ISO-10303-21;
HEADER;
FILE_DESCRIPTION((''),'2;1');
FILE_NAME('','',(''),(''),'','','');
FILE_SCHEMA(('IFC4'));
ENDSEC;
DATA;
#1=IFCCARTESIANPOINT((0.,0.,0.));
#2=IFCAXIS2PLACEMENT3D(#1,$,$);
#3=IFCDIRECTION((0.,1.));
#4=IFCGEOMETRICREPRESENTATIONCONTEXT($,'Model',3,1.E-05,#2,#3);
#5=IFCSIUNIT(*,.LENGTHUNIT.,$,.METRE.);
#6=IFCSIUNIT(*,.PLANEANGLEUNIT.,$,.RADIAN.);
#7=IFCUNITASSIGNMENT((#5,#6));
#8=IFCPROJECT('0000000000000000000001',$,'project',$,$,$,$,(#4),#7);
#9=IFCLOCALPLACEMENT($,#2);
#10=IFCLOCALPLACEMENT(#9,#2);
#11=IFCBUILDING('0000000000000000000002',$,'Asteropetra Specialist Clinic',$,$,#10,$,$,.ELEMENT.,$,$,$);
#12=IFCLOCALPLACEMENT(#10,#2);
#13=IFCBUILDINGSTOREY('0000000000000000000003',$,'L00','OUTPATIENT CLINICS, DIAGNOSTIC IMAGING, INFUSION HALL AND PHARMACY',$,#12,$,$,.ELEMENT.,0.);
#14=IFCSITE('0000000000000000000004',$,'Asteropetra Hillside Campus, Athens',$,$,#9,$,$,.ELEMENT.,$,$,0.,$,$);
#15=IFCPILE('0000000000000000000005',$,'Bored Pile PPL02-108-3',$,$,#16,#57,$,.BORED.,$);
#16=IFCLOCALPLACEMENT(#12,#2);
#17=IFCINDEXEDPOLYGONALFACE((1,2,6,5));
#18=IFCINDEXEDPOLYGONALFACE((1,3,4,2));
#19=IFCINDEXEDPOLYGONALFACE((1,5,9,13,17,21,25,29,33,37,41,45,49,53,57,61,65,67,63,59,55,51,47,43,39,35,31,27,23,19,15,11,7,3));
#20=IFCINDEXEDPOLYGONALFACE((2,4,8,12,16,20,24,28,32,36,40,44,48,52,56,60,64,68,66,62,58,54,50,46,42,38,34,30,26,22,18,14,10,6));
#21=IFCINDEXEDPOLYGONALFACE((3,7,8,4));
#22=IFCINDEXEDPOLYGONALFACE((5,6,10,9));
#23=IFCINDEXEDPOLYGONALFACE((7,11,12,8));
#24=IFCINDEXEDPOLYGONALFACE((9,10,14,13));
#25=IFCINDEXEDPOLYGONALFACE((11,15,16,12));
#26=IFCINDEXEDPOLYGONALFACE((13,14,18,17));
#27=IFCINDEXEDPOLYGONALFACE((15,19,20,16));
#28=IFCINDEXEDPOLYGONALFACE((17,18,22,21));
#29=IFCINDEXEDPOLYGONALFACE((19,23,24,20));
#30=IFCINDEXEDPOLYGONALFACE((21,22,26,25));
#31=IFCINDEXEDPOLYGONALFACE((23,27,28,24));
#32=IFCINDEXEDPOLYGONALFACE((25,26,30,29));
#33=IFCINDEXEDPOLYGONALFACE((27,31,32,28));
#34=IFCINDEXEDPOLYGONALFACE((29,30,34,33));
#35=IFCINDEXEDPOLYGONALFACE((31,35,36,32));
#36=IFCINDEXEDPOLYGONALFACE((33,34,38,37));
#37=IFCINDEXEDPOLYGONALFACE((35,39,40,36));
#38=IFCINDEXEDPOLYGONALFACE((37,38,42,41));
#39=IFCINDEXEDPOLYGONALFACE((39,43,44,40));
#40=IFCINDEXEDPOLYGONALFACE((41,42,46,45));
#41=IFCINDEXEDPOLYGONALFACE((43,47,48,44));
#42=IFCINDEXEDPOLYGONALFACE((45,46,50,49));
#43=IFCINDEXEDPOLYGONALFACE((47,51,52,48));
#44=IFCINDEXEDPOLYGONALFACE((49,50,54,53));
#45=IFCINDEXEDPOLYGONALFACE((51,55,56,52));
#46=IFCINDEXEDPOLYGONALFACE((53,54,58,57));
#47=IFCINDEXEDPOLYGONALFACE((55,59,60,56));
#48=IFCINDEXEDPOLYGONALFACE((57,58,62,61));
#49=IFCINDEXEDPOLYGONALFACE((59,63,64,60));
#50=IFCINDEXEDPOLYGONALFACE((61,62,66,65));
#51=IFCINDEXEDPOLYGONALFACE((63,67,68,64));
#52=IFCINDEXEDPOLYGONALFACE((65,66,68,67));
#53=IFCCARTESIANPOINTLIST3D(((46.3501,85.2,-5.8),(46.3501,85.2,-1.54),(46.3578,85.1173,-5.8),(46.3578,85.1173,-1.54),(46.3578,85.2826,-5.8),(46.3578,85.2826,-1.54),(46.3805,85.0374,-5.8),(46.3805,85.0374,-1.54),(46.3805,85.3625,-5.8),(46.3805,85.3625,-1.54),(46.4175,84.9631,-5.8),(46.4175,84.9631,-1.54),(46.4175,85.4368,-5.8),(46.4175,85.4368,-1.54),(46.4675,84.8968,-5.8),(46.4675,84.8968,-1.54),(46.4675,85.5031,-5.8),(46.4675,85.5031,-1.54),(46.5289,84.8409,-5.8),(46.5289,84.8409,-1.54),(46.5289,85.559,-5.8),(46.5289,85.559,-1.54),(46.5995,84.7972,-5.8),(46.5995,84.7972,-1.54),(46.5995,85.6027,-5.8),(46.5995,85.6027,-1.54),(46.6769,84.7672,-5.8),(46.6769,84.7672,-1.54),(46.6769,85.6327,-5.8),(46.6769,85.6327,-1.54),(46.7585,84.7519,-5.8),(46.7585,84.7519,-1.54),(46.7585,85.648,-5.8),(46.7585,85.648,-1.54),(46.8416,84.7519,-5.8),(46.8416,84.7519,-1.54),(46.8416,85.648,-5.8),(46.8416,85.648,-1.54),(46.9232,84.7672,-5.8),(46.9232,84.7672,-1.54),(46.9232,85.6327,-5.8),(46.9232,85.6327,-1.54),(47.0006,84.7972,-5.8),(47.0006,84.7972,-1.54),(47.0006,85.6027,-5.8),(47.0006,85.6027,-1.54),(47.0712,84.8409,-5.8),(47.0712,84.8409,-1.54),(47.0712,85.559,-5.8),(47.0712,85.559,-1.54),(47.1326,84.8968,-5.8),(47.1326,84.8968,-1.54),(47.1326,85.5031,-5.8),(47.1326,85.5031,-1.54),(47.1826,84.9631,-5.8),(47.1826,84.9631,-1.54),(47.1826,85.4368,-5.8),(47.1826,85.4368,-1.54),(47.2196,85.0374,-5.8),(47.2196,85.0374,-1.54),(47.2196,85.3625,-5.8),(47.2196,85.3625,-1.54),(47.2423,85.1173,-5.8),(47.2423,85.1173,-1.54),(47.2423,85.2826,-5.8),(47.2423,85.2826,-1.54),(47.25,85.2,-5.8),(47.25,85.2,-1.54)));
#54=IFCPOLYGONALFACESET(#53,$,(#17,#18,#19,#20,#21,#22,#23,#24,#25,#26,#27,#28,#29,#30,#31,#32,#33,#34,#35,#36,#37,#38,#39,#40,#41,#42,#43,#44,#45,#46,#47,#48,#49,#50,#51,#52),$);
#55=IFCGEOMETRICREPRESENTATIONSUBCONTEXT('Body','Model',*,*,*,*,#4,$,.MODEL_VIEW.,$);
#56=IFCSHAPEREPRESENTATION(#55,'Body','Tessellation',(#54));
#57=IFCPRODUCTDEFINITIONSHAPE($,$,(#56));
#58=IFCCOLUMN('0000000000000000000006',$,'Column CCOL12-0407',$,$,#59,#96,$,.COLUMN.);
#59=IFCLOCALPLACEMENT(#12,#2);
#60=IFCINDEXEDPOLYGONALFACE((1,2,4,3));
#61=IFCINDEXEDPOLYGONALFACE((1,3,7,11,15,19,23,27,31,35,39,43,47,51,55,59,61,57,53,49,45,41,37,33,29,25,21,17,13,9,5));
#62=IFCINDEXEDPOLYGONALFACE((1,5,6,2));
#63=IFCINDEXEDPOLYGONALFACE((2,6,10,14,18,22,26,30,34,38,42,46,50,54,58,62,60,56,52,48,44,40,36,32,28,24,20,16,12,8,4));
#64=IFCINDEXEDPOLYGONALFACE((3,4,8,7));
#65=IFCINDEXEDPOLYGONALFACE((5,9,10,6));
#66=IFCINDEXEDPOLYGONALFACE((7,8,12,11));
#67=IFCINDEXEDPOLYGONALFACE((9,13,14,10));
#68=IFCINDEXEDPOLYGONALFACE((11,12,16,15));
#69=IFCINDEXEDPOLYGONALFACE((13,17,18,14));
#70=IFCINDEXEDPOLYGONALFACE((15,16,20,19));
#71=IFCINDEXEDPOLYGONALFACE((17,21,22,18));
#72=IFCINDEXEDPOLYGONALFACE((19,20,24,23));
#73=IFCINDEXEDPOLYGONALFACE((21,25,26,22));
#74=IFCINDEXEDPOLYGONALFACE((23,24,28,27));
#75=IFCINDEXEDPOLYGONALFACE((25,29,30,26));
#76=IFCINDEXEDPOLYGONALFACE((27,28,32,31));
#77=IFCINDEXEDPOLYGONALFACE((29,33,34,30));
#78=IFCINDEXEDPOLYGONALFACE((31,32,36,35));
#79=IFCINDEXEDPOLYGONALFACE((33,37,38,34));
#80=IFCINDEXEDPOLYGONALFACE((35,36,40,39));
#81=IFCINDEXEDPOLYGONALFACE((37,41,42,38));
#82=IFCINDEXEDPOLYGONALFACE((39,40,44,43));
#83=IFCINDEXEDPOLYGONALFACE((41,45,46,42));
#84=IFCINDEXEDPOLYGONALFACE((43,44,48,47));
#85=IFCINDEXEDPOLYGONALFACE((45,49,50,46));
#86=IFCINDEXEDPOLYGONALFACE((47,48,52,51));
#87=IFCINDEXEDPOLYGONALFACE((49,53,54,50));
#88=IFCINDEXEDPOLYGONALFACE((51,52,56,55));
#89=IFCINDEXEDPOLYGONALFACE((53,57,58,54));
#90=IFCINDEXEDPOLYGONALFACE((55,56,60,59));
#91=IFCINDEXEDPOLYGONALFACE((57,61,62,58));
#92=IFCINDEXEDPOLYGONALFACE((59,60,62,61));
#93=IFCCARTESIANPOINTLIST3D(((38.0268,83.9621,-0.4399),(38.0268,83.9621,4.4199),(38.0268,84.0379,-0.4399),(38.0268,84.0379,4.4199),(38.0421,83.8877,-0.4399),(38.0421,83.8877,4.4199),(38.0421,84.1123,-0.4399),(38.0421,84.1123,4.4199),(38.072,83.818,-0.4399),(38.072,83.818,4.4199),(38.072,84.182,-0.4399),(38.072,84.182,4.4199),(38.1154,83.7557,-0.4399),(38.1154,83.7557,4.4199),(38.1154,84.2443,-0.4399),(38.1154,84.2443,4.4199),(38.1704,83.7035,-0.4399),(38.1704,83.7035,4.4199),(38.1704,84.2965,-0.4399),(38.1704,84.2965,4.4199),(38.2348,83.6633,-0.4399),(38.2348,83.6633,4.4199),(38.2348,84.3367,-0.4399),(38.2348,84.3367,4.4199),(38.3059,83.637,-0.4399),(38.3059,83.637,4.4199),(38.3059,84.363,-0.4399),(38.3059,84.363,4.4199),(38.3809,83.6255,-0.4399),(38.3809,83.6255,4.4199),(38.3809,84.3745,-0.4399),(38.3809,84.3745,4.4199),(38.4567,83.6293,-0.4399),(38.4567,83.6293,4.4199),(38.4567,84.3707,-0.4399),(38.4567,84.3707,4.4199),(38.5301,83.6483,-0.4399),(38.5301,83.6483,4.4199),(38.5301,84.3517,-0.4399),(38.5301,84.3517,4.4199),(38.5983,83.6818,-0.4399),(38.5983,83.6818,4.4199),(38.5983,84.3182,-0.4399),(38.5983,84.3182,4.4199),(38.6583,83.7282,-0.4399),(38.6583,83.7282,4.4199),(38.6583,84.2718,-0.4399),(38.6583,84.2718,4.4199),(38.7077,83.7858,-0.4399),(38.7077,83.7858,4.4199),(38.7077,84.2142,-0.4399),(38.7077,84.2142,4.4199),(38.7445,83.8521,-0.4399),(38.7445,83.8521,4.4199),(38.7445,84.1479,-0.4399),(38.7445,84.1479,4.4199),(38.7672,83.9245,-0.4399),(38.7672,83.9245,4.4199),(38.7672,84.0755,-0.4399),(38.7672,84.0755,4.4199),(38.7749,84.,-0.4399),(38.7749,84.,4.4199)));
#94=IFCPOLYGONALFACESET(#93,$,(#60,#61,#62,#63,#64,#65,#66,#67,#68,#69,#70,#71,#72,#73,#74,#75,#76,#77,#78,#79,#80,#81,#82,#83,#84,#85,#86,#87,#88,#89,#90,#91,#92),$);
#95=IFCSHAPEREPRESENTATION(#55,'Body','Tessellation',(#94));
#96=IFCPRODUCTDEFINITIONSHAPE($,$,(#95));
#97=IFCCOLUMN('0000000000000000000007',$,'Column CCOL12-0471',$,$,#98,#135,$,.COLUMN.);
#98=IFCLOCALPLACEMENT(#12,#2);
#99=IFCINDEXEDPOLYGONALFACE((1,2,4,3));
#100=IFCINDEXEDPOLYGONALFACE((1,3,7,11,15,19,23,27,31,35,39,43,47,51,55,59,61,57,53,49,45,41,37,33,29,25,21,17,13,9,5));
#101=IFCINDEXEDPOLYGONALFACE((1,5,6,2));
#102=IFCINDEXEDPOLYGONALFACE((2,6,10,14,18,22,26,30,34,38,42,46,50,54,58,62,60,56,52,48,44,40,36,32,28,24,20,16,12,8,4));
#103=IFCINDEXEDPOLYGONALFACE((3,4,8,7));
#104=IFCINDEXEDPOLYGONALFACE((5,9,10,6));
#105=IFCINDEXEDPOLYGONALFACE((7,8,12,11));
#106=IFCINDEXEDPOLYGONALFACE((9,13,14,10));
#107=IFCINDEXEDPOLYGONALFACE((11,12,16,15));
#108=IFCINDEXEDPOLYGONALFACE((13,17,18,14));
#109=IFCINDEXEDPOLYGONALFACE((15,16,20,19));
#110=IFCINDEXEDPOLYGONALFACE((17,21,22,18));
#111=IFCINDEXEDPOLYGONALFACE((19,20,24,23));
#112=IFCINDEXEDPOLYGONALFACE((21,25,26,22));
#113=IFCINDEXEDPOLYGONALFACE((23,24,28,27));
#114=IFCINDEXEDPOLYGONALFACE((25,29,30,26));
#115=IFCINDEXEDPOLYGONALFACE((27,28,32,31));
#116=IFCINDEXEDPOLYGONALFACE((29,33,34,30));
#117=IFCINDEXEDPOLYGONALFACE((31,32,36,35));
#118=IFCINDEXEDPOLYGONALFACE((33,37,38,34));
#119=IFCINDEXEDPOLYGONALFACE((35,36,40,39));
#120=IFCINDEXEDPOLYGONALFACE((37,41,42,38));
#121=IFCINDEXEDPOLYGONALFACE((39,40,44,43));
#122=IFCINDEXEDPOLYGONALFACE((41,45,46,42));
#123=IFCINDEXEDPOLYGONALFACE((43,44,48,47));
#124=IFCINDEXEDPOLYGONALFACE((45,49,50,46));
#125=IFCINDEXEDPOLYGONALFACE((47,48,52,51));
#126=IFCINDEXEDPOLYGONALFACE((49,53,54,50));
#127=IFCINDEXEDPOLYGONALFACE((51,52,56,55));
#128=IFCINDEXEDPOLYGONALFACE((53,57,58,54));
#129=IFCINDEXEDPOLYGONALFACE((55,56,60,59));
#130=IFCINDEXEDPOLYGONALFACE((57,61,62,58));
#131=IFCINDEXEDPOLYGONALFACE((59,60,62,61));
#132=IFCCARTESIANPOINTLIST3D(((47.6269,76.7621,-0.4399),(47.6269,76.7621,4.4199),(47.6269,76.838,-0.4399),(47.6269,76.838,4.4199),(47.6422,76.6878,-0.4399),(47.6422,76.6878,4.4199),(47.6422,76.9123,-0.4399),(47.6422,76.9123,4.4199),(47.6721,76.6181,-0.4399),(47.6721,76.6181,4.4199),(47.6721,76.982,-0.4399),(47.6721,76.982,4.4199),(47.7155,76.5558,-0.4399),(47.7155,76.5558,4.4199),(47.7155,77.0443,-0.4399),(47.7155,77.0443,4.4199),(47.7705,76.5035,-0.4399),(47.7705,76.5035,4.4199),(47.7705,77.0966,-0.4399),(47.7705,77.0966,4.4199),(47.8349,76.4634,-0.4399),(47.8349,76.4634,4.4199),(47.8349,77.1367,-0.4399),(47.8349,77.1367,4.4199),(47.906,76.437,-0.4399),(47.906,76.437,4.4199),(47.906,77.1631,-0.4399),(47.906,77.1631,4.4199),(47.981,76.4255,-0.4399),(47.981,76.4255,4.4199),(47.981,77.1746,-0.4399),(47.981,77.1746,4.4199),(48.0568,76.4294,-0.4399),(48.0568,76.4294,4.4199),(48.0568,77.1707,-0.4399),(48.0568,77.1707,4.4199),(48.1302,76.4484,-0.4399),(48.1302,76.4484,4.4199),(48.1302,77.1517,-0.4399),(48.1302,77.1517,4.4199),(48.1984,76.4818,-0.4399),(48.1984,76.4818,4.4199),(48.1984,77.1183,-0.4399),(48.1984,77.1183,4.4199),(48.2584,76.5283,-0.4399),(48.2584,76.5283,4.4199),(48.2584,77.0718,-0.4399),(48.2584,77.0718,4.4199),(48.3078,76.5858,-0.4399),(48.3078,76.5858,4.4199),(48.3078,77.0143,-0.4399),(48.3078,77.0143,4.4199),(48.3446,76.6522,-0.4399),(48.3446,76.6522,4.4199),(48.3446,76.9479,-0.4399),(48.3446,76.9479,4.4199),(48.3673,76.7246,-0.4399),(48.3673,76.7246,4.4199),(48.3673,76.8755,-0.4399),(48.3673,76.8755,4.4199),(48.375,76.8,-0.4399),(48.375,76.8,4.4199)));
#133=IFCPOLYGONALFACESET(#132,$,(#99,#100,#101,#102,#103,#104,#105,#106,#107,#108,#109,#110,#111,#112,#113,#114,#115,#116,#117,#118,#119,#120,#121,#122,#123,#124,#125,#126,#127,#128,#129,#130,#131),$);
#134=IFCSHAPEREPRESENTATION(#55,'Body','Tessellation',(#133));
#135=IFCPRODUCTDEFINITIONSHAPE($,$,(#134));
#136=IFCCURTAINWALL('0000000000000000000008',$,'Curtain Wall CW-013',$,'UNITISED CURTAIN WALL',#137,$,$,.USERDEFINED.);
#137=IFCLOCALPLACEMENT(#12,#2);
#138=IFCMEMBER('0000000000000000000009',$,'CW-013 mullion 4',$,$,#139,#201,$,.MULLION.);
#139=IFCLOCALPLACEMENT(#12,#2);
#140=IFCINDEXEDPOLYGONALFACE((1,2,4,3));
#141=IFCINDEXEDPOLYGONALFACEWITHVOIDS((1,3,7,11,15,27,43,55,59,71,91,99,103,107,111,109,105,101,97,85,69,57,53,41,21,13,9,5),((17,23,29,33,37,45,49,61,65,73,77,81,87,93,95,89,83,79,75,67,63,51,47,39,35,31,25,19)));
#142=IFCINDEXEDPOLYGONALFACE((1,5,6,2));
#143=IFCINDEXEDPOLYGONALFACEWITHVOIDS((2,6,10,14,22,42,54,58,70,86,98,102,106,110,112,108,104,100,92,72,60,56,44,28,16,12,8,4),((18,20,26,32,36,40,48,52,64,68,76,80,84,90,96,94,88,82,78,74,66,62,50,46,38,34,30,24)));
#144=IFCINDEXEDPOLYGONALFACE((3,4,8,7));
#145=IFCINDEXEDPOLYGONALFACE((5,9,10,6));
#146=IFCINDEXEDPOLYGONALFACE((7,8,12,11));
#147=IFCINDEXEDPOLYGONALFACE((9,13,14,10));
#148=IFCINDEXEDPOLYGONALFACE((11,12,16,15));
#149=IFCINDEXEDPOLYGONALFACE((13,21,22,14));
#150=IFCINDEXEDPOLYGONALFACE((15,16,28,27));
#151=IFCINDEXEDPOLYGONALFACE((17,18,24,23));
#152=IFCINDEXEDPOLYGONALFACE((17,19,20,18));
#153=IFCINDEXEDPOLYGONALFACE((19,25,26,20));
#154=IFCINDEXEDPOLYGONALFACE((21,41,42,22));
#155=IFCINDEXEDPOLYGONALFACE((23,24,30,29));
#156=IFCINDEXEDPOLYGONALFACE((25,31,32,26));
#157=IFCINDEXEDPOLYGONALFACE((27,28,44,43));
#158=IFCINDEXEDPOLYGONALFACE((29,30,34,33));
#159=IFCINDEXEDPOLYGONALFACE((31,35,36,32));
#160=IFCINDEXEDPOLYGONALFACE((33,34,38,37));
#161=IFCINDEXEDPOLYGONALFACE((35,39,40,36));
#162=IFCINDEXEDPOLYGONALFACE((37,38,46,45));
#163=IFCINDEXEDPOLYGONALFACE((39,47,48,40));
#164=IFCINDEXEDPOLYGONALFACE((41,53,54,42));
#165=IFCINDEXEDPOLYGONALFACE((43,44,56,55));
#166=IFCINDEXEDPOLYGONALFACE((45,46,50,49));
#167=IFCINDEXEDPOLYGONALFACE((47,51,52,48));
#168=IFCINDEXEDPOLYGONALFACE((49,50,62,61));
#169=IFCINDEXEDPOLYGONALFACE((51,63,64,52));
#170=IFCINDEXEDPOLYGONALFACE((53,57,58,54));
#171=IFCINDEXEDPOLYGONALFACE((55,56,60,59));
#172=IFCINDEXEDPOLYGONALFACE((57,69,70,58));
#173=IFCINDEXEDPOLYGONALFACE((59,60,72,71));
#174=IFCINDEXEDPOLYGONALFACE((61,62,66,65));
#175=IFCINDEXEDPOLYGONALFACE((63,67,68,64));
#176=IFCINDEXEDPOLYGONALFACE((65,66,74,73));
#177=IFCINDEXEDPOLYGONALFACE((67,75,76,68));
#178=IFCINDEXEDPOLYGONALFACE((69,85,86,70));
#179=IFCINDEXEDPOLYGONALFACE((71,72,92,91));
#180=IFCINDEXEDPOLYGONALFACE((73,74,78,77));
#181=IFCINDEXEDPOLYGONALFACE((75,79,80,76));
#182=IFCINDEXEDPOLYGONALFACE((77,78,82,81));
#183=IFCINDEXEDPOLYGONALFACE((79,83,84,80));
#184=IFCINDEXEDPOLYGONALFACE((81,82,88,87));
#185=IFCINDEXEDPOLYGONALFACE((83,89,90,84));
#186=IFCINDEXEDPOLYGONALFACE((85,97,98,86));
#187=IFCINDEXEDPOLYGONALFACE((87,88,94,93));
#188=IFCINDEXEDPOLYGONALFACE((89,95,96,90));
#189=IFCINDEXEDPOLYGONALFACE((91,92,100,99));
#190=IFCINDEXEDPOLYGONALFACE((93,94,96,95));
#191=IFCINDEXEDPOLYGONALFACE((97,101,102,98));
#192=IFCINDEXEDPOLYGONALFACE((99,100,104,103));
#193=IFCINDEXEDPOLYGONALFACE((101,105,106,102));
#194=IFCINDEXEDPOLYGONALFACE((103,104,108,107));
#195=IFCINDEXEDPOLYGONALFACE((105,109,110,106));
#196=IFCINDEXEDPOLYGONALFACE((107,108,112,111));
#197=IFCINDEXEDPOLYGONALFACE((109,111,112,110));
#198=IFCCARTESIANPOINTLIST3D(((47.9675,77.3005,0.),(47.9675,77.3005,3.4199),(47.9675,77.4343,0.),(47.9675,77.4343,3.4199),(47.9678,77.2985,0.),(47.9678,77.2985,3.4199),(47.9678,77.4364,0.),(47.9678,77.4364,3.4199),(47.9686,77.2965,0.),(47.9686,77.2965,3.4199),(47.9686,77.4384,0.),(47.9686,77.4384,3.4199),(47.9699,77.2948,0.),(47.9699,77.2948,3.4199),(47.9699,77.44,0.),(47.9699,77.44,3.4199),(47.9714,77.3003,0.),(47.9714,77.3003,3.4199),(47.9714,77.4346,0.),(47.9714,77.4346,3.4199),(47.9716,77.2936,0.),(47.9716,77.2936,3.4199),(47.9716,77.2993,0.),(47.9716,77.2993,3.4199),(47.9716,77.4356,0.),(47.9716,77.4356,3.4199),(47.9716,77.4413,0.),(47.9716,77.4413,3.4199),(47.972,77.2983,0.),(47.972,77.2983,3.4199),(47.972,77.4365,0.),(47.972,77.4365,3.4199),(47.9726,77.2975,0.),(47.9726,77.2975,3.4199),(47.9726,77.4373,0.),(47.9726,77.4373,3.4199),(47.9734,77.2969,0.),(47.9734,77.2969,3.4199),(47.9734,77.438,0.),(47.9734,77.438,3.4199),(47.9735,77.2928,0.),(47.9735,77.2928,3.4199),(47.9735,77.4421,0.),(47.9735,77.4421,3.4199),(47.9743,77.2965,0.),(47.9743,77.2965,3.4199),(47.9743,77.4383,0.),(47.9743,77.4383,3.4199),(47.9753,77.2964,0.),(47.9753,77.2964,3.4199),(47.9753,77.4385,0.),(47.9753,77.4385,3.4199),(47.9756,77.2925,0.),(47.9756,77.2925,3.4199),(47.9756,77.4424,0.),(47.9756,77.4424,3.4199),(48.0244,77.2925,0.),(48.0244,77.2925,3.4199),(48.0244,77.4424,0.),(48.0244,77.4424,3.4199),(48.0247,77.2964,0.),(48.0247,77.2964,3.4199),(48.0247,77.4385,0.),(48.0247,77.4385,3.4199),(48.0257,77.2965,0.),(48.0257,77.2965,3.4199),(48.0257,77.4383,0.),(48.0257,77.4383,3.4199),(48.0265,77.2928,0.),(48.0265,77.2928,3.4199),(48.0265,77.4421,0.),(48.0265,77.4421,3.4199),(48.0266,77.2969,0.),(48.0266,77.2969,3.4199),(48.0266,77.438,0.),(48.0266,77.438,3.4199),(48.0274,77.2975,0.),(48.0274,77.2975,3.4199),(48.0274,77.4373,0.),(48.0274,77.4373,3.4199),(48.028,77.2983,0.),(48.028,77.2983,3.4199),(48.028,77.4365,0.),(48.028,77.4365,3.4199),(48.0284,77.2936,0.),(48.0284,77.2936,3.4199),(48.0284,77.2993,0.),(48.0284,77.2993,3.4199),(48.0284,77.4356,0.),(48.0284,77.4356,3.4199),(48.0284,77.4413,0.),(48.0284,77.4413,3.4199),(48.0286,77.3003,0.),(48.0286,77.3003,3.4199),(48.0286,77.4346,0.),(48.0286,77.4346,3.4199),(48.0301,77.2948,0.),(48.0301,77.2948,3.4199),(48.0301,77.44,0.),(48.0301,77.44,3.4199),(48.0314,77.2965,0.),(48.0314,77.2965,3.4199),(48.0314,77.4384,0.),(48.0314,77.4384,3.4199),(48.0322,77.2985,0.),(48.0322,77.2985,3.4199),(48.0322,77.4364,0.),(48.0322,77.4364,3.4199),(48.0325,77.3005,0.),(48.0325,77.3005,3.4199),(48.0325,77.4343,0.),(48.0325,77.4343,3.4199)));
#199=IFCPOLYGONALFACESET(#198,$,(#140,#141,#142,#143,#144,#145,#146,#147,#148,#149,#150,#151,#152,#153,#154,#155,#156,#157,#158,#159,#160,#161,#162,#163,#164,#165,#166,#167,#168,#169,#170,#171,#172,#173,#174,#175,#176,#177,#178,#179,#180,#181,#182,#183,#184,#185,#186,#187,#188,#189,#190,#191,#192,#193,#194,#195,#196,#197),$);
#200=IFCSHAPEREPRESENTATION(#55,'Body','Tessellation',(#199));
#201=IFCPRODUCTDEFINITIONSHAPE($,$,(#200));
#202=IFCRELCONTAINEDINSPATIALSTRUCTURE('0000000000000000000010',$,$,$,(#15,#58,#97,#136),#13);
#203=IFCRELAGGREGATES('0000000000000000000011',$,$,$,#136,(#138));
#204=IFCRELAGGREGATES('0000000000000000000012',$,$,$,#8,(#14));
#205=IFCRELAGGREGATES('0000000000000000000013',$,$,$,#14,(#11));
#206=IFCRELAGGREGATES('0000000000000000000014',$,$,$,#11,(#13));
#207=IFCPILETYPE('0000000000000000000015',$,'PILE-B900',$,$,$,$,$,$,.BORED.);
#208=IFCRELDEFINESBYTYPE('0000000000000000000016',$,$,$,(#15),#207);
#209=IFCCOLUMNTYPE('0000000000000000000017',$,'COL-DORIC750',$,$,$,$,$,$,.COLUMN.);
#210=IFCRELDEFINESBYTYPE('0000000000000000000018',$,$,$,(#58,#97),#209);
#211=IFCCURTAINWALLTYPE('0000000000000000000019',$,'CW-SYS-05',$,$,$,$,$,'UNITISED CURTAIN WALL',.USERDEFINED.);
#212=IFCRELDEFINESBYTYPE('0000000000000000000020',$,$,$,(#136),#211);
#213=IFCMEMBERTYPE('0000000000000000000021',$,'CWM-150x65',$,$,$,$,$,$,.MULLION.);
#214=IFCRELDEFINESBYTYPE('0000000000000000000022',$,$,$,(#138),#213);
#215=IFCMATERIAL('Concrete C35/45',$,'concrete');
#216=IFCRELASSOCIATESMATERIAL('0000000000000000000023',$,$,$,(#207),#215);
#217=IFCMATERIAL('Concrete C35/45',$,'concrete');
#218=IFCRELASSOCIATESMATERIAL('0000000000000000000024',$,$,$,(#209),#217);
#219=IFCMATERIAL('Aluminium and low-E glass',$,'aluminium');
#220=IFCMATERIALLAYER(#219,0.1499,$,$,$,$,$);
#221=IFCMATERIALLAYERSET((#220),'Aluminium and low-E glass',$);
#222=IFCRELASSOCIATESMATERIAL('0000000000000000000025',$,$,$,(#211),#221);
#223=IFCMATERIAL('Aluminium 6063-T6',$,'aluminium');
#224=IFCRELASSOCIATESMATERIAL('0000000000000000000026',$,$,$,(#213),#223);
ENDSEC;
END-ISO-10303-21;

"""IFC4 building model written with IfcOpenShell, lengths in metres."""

from ifc_helpers import new_model, si_unit, direction, frame, origin, origin_2d, place, context, subcontext, project, spatial, hollow_rectangle, circle, extrude, material, layer, layer_set, material_profile, profile_set, type_object, element, aggregate, save


model = new_model("IFC4")

# Units and contexts
model_context = context("Model", 3, precision=1e-05, world=origin(), true_north=direction((0.0, 1.0)))
body_context = subcontext(model_context, "Body", "Model", "MODEL_VIEW")
ifc_project = project(units=[si_unit("LENGTHUNIT", "METRE"), si_unit("PLANEANGLEUNIT", "RADIAN")], contexts=[model_context])

# Site, building, storey
site_placement = place(None, origin())
site = spatial("IfcSite", under=ifc_project, at=site_placement, Name="Asteropetra Hillside Campus, Athens", CompositionType="ELEMENT", RefElevation=0.0)
building_placement = place(site_placement, origin())
building = spatial("IfcBuilding", under=site, at=building_placement, Name="Asteropetra Specialist Clinic", CompositionType="ELEMENT")
storey_placement = place(building_placement, origin())
storey = spatial("IfcBuildingStorey", under=building, at=storey_placement, Name="L00", Description="OUTPATIENT CLINICS, DIAGNOSTIC IMAGING, INFUSION HALL AND PHARMACY", CompositionType="ELEMENT", Elevation=0.0)

# Pile
ifc_material_1 = material(Name="Concrete C35/45", Category="concrete")
ifc_material_profile_1 = material_profile(ifc_material_1, circle(Radius=0.45, at=origin_2d()), Name="PILE D900")
ifc_profile_set_1 = profile_set([ifc_material_profile_1], Name="Concrete C35/45")
pile_type_1 = type_object("IfcPileType", Name="PILE-B900", PredefinedType="BORED", material=ifc_profile_set_1)
for number, where, z_axis, x_axis, name in (
    (1, (46.8, 85.2, -1.54), (0.0, 0.0, -1.0), (1.0, 0.0, 0.0), "Bored Pile PPL02-108-3"),
):
    element("IfcPile", number, at=place(storey_placement, frame(where, z_axis=z_axis, x_axis=x_axis)), inside=storey, type_object=pile_type_1, Name=name, PredefinedType="BORED", context=body_context, shape_type="SweptSolid", body=[
        extrude(circle(Radius=0.45, at=origin_2d()), origin(), (0.0, 0.0, 1.0), 4.26),
    ])

# Columns
ifc_material_2 = material(Name="Concrete C35/45", Category="concrete")
ifc_material_profile_2 = material_profile(ifc_material_2, circle(Radius=0.375, at=origin_2d()), Name="RCC D750")
ifc_profile_set_2 = profile_set([ifc_material_profile_2], Name="Concrete C35/45")
column_type = type_object("IfcColumnType", Name="COL-DORIC750", PredefinedType="COLUMN", material=ifc_profile_set_2)
for number, where, z_axis, x_axis, name in (
    (2, (38.3999, 84.0, -0.4399), (0.0, 0.0, 1.0), (1.0, 0.0, 0.0), "Column CCOL12-0407"),
    (3, (48.0, 76.8, -0.4399), (0.0, 0.0, 1.0), (1.0, 0.0, 0.0), "Column CCOL12-0471"),
):
    element("IfcColumn", number, at=place(storey_placement, frame(where, z_axis=z_axis, x_axis=x_axis)), inside=storey, type_object=column_type, Name=name, PredefinedType="COLUMN", context=body_context, shape_type="SweptSolid", body=[
        extrude(circle(Radius=0.375, at=origin_2d()), origin(), (0.0, 0.0, 1.0), 4.8599),
    ])

# Curtain wall, member
ifc_material_3 = material(Name="Aluminium and low-E glass", Category="aluminium")
ifc_layer_1 = layer(ifc_material_3, 0.1499)
ifc_layer_set_1 = layer_set([ifc_layer_1], Name="Aluminium and low-E glass")
curtain_wall_type = type_object("IfcCurtainWallType", Name="CW-SYS-05", ElementType="UNITISED CURTAIN WALL", PredefinedType="USERDEFINED", material=ifc_layer_set_1)
curtain_wall_placement = place(storey_placement, origin())
curtain_wall = element("IfcCurtainWall", 4, at=curtain_wall_placement, inside=storey, type_object=curtain_wall_type, Name="Curtain Wall CW-013", ObjectType="UNITISED CURTAIN WALL", PredefinedType="USERDEFINED")
ifc_material_4 = material(Name="Aluminium 6063-T6", Category="aluminium")
ifc_material_profile_3 = material_profile(ifc_material_4, hollow_rectangle(XDim=0.0649, YDim=0.1499, WallThickness=0.0039, InnerFilletRadius=0.0039, OuterFilletRadius=0.0081, at=origin_2d()), Name="MUL 150x65x4.0")
ifc_profile_set_3 = profile_set([ifc_material_profile_3], Name="Aluminium 6063-T6")
member_type = type_object("IfcMemberType", Name="CWM-150x65", PredefinedType="MULLION", material=ifc_profile_set_3)
member_placement = place(storey_placement, frame((48.0, 77.3674, 0.0), z_axis=(0.0, 0.0, 1.0), x_axis=(1.0, 0.0, 0.0)))
member = element("IfcMember", 5, at=member_placement, type_object=member_type, Name="CW-013 mullion 4", PredefinedType="MULLION", context=body_context, shape_type="SweptSolid", body=[
    extrude(hollow_rectangle(XDim=0.0649, YDim=0.1499, WallThickness=0.0039, InnerFilletRadius=0.0039, OuterFilletRadius=0.0081, at=origin_2d()), origin(), (0.0, 0.0, 1.0), 3.4199),
])
aggregate(curtain_wall, [member])

save(model, "model.ifc")
